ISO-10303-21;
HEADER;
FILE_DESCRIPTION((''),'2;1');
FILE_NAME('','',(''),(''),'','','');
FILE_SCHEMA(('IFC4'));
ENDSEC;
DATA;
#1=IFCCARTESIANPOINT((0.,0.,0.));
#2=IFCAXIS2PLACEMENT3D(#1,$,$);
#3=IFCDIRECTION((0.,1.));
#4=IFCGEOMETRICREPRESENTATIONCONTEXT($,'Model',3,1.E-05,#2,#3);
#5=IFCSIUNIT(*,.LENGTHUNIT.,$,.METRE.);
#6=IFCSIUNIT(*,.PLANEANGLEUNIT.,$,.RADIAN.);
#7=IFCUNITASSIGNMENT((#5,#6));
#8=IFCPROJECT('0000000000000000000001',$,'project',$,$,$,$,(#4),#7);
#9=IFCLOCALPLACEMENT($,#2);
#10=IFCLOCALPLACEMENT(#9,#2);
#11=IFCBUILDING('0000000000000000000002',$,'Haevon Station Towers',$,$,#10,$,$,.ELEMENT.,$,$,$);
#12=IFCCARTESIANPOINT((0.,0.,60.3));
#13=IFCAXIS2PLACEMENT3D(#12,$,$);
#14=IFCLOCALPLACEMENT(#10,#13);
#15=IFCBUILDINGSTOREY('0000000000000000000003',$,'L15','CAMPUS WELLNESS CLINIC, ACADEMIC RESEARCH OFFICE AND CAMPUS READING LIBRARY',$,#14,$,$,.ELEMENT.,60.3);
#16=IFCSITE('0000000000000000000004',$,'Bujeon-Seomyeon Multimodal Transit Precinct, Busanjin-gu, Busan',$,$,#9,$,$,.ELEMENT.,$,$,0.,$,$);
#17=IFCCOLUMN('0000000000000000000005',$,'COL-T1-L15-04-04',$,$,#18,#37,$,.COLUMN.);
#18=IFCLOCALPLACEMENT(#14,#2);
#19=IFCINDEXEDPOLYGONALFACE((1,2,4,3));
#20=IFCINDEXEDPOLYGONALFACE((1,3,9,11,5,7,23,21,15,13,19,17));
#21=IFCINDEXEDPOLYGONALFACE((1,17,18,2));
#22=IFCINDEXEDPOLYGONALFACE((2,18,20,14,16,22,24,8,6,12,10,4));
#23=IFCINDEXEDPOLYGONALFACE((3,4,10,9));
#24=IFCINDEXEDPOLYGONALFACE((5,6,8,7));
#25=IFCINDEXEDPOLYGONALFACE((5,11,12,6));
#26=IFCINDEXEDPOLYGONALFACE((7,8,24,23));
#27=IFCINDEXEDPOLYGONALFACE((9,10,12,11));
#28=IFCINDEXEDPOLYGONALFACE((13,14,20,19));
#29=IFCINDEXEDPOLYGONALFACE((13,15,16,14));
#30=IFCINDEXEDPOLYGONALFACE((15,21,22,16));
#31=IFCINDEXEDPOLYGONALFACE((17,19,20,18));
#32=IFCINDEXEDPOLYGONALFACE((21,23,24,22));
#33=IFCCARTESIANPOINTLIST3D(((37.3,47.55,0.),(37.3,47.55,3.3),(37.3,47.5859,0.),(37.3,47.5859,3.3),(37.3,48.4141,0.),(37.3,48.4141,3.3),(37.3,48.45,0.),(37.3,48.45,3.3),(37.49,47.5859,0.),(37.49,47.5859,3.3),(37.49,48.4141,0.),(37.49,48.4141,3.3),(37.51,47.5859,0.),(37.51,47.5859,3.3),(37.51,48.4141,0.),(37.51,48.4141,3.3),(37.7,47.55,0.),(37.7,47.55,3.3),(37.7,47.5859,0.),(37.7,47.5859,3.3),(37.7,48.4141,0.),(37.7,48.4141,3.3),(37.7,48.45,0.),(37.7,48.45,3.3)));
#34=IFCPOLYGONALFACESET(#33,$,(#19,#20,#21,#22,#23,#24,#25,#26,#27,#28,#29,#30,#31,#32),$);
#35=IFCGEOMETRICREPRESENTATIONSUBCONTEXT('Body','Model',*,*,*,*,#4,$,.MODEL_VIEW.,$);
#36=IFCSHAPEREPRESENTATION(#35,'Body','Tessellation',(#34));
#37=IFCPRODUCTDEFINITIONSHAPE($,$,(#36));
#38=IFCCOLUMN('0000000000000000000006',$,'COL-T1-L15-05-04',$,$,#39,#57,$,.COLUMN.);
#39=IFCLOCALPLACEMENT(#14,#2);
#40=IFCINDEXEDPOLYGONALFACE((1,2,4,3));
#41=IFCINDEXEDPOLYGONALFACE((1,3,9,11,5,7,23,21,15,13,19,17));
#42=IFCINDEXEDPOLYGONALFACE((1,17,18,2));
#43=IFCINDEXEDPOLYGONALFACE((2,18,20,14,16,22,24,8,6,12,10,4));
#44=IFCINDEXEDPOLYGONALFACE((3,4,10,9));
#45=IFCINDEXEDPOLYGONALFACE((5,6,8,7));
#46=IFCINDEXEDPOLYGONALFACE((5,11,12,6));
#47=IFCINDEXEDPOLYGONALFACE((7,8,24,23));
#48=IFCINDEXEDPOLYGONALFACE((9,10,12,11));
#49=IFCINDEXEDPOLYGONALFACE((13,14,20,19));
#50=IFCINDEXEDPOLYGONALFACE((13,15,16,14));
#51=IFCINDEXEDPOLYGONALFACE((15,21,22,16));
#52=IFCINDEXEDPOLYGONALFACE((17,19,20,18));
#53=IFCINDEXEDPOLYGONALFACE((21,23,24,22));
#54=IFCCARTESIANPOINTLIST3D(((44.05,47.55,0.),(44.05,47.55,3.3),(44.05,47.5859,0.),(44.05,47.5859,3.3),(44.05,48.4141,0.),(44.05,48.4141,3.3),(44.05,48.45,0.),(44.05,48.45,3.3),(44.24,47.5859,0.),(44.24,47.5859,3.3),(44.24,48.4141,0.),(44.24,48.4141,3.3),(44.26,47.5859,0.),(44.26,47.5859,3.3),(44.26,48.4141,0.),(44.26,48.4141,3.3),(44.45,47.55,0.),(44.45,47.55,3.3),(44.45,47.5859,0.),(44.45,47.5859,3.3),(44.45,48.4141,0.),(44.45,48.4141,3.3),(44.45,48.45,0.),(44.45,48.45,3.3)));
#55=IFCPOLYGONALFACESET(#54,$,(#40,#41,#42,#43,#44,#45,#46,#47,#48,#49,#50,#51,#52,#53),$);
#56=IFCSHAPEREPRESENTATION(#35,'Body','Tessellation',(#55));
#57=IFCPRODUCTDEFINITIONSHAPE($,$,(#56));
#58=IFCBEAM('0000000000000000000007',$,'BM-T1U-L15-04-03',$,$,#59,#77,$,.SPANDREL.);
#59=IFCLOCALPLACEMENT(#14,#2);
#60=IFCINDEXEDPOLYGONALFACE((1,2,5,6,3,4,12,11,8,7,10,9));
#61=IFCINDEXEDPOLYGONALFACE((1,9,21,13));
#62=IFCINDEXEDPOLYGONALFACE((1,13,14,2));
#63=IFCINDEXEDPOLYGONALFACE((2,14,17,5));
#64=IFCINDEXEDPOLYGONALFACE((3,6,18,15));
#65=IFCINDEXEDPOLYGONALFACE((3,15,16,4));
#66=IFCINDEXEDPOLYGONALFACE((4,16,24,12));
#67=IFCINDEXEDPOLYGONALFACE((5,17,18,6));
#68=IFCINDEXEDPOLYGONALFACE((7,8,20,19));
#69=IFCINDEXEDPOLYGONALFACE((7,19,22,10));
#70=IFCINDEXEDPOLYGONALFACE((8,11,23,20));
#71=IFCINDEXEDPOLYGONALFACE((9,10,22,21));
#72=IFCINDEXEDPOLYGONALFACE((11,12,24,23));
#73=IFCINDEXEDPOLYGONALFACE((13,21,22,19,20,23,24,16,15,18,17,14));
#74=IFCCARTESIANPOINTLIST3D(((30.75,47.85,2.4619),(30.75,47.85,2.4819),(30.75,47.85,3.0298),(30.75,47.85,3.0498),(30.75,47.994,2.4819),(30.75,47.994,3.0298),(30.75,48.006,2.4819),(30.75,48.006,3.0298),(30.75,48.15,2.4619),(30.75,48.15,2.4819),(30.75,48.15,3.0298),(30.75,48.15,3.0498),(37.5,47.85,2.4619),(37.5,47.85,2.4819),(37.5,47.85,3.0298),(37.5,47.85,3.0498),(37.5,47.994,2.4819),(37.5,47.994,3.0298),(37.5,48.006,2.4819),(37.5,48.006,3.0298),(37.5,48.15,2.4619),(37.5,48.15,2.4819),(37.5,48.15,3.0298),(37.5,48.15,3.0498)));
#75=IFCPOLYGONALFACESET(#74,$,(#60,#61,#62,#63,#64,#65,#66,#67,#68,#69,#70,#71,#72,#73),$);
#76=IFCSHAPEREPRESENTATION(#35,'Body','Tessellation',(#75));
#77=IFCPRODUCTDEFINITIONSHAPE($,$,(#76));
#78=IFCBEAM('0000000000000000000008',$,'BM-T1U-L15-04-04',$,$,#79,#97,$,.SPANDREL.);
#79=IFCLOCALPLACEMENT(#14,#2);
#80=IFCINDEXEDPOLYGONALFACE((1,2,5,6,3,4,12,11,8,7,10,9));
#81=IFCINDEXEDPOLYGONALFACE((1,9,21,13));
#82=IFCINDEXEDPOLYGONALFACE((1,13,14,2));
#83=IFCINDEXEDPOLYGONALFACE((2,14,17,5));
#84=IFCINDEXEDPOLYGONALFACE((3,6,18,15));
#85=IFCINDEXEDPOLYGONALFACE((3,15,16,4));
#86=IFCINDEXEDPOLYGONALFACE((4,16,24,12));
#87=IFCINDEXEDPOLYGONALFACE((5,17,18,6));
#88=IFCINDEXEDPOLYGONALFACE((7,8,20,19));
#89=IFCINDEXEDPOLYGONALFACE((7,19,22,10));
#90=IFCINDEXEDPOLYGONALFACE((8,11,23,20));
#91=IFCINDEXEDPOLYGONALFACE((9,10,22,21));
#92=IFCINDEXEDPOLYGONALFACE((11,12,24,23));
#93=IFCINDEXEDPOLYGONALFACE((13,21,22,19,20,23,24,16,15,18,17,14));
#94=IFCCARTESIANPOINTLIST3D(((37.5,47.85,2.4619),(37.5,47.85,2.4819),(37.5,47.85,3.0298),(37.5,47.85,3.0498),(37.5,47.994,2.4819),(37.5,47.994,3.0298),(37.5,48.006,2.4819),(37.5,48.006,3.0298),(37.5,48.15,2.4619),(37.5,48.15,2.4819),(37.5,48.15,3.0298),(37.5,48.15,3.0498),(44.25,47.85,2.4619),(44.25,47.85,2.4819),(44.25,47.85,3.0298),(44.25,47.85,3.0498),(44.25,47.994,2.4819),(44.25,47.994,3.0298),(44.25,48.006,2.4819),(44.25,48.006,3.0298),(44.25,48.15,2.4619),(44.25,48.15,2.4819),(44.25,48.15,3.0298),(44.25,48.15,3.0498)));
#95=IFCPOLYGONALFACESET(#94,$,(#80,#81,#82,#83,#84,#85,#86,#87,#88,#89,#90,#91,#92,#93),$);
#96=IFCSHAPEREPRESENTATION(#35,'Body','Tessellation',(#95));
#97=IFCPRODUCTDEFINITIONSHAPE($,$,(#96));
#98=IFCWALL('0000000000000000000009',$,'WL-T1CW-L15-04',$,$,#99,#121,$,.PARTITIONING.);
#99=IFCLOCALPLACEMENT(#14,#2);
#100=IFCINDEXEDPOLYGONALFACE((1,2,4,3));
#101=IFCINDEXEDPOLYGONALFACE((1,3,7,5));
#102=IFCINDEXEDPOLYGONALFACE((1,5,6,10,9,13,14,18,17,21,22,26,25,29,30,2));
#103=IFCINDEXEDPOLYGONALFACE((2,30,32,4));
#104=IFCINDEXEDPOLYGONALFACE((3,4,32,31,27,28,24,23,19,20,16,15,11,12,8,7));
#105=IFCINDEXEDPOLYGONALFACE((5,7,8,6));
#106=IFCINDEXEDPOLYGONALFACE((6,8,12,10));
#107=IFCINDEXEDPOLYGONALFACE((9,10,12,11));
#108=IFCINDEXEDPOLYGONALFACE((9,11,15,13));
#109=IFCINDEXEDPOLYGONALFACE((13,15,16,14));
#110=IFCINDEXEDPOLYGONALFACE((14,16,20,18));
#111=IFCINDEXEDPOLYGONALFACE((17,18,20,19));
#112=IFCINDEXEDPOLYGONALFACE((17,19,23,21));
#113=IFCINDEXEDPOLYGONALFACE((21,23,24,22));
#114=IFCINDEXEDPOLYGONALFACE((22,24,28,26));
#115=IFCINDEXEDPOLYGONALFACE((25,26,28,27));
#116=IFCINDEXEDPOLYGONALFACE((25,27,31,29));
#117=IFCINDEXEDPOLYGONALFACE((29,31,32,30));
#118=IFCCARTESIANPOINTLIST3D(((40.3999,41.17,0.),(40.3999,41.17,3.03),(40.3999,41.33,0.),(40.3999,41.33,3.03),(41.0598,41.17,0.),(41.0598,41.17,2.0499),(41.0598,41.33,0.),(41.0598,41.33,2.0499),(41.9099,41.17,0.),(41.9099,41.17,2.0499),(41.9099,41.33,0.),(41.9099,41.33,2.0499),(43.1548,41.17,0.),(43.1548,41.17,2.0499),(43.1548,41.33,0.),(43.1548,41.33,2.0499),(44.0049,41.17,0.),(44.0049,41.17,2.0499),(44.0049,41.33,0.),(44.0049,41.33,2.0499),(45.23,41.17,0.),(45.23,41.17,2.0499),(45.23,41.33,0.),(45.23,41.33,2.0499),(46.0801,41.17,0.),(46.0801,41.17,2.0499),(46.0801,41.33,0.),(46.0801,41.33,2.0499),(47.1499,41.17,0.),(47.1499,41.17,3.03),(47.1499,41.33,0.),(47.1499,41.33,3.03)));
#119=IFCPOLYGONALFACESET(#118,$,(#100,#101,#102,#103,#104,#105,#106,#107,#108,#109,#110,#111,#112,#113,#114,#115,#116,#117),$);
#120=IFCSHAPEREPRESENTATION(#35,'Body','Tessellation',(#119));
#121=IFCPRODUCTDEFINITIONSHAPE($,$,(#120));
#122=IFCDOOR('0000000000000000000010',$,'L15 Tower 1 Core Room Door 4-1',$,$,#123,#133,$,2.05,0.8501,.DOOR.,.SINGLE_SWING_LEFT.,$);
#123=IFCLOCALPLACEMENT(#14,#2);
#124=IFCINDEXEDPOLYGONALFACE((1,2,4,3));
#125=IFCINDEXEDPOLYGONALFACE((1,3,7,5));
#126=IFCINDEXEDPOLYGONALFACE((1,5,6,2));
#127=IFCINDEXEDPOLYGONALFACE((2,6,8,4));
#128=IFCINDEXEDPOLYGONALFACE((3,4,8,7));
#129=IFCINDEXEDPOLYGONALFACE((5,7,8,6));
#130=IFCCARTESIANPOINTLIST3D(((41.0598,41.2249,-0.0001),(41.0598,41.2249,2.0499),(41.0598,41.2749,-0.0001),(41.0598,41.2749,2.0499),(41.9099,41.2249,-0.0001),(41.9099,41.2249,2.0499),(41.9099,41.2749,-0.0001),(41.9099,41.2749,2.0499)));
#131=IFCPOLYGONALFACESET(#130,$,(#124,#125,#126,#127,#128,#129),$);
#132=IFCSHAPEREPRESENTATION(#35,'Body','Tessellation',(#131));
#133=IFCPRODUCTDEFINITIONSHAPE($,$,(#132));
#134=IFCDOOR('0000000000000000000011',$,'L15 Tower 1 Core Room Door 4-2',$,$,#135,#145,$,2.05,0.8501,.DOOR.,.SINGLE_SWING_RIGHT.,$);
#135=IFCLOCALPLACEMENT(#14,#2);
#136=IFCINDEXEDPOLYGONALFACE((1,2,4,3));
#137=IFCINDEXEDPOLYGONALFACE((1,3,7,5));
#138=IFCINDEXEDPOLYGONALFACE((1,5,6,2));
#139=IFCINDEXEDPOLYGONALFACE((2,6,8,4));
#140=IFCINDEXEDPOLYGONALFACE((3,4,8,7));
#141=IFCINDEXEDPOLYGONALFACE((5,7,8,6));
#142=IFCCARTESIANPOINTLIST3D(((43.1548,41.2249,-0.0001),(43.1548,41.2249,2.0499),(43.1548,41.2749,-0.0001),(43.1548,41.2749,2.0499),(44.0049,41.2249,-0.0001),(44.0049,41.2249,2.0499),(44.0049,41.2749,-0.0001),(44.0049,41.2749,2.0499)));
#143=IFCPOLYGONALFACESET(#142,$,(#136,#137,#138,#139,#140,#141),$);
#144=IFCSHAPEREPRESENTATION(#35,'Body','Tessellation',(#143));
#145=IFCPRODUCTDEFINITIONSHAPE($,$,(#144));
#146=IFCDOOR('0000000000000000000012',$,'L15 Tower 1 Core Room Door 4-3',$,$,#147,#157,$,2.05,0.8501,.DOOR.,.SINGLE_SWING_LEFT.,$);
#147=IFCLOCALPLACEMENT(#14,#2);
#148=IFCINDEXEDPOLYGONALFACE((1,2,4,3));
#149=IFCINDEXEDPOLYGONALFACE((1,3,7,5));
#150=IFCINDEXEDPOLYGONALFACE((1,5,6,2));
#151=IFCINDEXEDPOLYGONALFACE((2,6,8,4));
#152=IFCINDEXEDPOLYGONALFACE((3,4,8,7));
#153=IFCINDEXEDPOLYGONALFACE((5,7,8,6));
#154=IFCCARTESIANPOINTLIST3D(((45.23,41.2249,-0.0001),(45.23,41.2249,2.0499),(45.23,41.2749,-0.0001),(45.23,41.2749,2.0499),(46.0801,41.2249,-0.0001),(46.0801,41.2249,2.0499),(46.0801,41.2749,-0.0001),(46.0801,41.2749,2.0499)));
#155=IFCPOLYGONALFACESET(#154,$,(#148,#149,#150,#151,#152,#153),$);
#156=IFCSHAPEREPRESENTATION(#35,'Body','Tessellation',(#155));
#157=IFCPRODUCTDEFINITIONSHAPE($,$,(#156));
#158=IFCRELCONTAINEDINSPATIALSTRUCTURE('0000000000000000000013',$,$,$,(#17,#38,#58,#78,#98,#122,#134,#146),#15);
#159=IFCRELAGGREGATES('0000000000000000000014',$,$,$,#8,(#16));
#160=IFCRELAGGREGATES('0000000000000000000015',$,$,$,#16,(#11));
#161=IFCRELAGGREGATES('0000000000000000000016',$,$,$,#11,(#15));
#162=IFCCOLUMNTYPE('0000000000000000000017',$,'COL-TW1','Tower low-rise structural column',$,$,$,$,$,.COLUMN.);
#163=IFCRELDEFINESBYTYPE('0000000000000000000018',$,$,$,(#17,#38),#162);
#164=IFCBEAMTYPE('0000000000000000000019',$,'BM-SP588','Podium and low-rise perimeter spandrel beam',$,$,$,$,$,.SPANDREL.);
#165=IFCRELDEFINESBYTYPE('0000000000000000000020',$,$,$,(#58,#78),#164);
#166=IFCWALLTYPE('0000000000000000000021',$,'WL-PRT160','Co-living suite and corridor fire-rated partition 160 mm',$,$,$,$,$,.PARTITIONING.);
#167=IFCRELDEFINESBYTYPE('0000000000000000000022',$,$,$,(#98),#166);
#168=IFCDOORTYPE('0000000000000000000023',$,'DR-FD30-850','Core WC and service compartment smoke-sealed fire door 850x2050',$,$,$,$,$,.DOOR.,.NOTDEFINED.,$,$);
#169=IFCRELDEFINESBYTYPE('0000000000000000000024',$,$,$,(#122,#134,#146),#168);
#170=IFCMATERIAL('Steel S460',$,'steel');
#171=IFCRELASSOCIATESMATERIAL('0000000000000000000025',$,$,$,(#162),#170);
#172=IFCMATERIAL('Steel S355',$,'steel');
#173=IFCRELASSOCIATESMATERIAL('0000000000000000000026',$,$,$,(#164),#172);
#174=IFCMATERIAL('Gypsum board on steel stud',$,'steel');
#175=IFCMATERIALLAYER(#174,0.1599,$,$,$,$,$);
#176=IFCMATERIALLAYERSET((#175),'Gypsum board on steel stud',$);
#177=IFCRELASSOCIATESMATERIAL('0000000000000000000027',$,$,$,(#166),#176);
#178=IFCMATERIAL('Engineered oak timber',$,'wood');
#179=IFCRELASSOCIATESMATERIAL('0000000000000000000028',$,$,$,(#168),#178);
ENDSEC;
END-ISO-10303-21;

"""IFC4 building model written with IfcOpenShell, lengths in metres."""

from ifc_helpers import new_model, si_unit, direction, frame, frame_2d, origin, origin_2d, place, context, subcontext, project, spatial, rectangle, i_section, extrude, material, layer, layer_set, material_profile, profile_set, type_object, element, fill, save


model = new_model("IFC4")

# Units and contexts
model_context = context("Model", 3, precision=1e-05, world=origin(), true_north=direction((0.0, 1.0)))
body_context = subcontext(model_context, "Body", "Model", "MODEL_VIEW")
ifc_project = project(units=[si_unit("LENGTHUNIT", "METRE"), si_unit("PLANEANGLEUNIT", "RADIAN")], contexts=[model_context])

# Site, building, storey
site_placement = place(None, origin())
site = spatial("IfcSite", under=ifc_project, at=site_placement, Name="Bujeon-Seomyeon Multimodal Transit Precinct, Busanjin-gu, Busan", CompositionType="ELEMENT", RefElevation=0.0)
building_placement = place(site_placement, origin())
building = spatial("IfcBuilding", under=site, at=building_placement, Name="Haevon Station Towers", CompositionType="ELEMENT")
storey_placement = place(building_placement, frame((0.0, 0.0, 60.3)))
storey = spatial("IfcBuildingStorey", under=building, at=storey_placement, Name="L15", Description="CAMPUS WELLNESS CLINIC, ACADEMIC RESEARCH OFFICE AND CAMPUS READING LIBRARY", CompositionType="ELEMENT", Elevation=60.3)

# Columns
ifc_material_1 = material(Name="Steel S460", Category="steel")
ifc_material_profile_1 = material_profile(ifc_material_1, i_section(OverallWidth=0.3999, OverallDepth=0.8999, WebThickness=0.02, FlangeThickness=0.0359, at=origin_2d()), Name="H-900x400x20x36")
ifc_profile_set_1 = profile_set([ifc_material_profile_1], Name="Steel S460")
column_type = type_object("IfcColumnType", Name="COL-TW1", Description="Tower low-rise structural column", PredefinedType="COLUMN", material=ifc_profile_set_1)
for number, where, z_axis, x_axis, name in (
    (1, (37.5, 48.0, 0.0), (0.0, 0.0, 1.0), (1.0, 0.0, 0.0), "COL-T1-L15-04-04"),
    (2, (44.25, 48.0, 0.0), (0.0, 0.0, 1.0), (1.0, 0.0, 0.0), "COL-T1-L15-05-04"),
):
    element("IfcColumn", number, at=place(storey_placement, frame(where, z_axis=z_axis, x_axis=x_axis)), inside=storey, type_object=column_type, Name=name, PredefinedType="COLUMN", context=body_context, shape_type="SweptSolid", body=[
        extrude(i_section(OverallWidth=0.3999, OverallDepth=0.8999, WebThickness=0.02, FlangeThickness=0.0359, at=origin_2d()), origin(), (0.0, 0.0, 1.0), 3.3),
    ])

# Beams
ifc_material_2 = material(Name="Steel S355", Category="steel")
ifc_material_profile_2 = material_profile(ifc_material_2, i_section(OverallWidth=0.3, OverallDepth=0.5879, WebThickness=0.012, FlangeThickness=0.02, at=origin_2d()), Name="H-588x300x12x20")
ifc_profile_set_2 = profile_set([ifc_material_profile_2], Name="Steel S355")
beam_type = type_object("IfcBeamType", Name="BM-SP588", Description="Podium and low-rise perimeter spandrel beam", PredefinedType="SPANDREL", material=ifc_profile_set_2)
for number, where, z_axis, x_axis, name in (
    (3, (30.75, 48.0, 2.7559), (1.0, 0.0, 0.0), (0.0, 1.0, 0.0), "BM-T1U-L15-04-03"),
    (4, (37.5, 48.0, 2.7559), (1.0, 0.0, 0.0), (0.0, 1.0, 0.0), "BM-T1U-L15-04-04"),
):
    element("IfcBeam", number, at=place(storey_placement, frame(where, z_axis=z_axis, x_axis=x_axis)), inside=storey, type_object=beam_type, Name=name, PredefinedType="SPANDREL", context=body_context, shape_type="SweptSolid", body=[
        extrude(i_section(OverallWidth=0.3, OverallDepth=0.5879, WebThickness=0.012, FlangeThickness=0.02, at=origin_2d()), origin(), (0.0, 0.0, 1.0), 6.75),
    ])

# Wall, openings, doors
ifc_material_3 = material(Name="Gypsum board on steel stud", Category="steel")
ifc_layer_1 = layer(ifc_material_3, 0.1599)
ifc_layer_set_1 = layer_set([ifc_layer_1], Name="Gypsum board on steel stud")
wall_type_1 = type_object("IfcWallType", Name="WL-PRT160", Description="Co-living suite and corridor fire-rated partition 160 mm", PredefinedType="PARTITIONING", material=ifc_layer_set_1)
wall_1_placement = place(storey_placement, frame((40.3999, 41.25, 0.0), z_axis=(0.0, 0.0, 1.0), x_axis=(1.0, 0.0, 0.0)))
wall_1 = element("IfcWall", 5, at=wall_1_placement, inside=storey, type_object=wall_type_1, Name="WL-T1CW-L15-04", PredefinedType="PARTITIONING", context=body_context, shape_type="SweptSolid", body=[
    extrude(rectangle(XDim=6.75, YDim=0.1599, at=frame_2d((3.375, 0.0))), origin(), (0.0, 0.0, 1.0), 3.03),
])
opening_1_placement = place(wall_1_placement, frame((0.6599, 0.0, 0.0)))
opening_1 = element("IfcOpeningElement", 6, at=opening_1_placement, cuts=wall_1, PredefinedType="OPENING", context=body_context, shape_type="SweptSolid", body=[
    extrude(rectangle(XDim=0.8501, YDim=2.05, at=frame_2d((0.425, 1.0249))), frame((0.0, 0.0898, 0.0), z_axis=(0.0, -1.0, 0.0), x_axis=(1.0, 0.0, 0.0)), (0.0, 0.0, 1.0), 0.1799),
])
opening_2_placement = place(wall_1_placement, frame((2.7549, 0.0, 0.0)))
opening_2 = element("IfcOpeningElement", 7, at=opening_2_placement, cuts=wall_1, PredefinedType="OPENING", context=body_context, shape_type="SweptSolid", body=[
    extrude(rectangle(XDim=0.8501, YDim=2.05, at=frame_2d((0.425, 1.0249))), frame((0.0, 0.0898, 0.0), z_axis=(0.0, -1.0, 0.0), x_axis=(1.0, 0.0, 0.0)), (0.0, 0.0, 1.0), 0.1799),
])
opening_3_placement = place(wall_1_placement, frame((4.8301, 0.0, 0.0)))
opening_3 = element("IfcOpeningElement", 8, at=opening_3_placement, cuts=wall_1, PredefinedType="OPENING", context=body_context, shape_type="SweptSolid", body=[
    extrude(rectangle(XDim=0.8501, YDim=2.05, at=frame_2d((0.425, 1.0249))), frame((0.0, 0.0898, 0.0), z_axis=(0.0, -1.0, 0.0), x_axis=(1.0, 0.0, 0.0)), (0.0, 0.0, 1.0), 0.1799),
])
ifc_material_4 = material(Name="Engineered oak timber", Category="wood")
door_type_1 = type_object("IfcDoorType", Name="DR-FD30-850", Description="Core WC and service compartment smoke-sealed fire door 850x2050", OperationType="NOTDEFINED", PredefinedType="DOOR", material=ifc_material_4)
door_1_placement = place(opening_1_placement, origin())
door_1 = element("IfcDoor", 9, at=door_1_placement, inside=storey, type_object=door_type_1, Name="L15 Tower 1 Core Room Door 4-1", OperationType="SINGLE_SWING_LEFT", OverallHeight=2.05, OverallWidth=0.8501, PredefinedType="DOOR", context=body_context, shape_type="SweptSolid", body=[
    extrude(rectangle(XDim=0.8501, YDim=2.05, at=frame_2d((0.425, 1.0249))), frame((0.0, 0.0249, 0.0), z_axis=(0.0, -1.0, 0.0), x_axis=(1.0, 0.0, 0.0)), (0.0, 0.0, 1.0), 0.05),
])
fill(opening_1, door_1)
door_2_placement = place(opening_2_placement, origin())
door_2 = element("IfcDoor", 10, at=door_2_placement, inside=storey, type_object=door_type_1, Name="L15 Tower 1 Core Room Door 4-2", OperationType="SINGLE_SWING_RIGHT", OverallHeight=2.05, OverallWidth=0.8501, PredefinedType="DOOR", context=body_context, shape_type="SweptSolid", body=[
    extrude(rectangle(XDim=0.8501, YDim=2.05, at=frame_2d((0.425, 1.0249))), frame((0.0, 0.0249, 0.0), z_axis=(0.0, -1.0, 0.0), x_axis=(1.0, 0.0, 0.0)), (0.0, 0.0, 1.0), 0.05),
])
fill(opening_2, door_2)
door_3_placement = place(opening_3_placement, origin())
door_3 = element("IfcDoor", 11, at=door_3_placement, inside=storey, type_object=door_type_1, Name="L15 Tower 1 Core Room Door 4-3", OperationType="SINGLE_SWING_LEFT", OverallHeight=2.05, OverallWidth=0.8501, PredefinedType="DOOR", context=body_context, shape_type="SweptSolid", body=[
    extrude(rectangle(XDim=0.8501, YDim=2.05, at=frame_2d((0.425, 1.0249))), frame((0.0, 0.0249, 0.0), z_axis=(0.0, -1.0, 0.0), x_axis=(1.0, 0.0, 0.0)), (0.0, 0.0, 1.0), 0.05),
])
fill(opening_3, door_3)

save(model, "model.ifc")
